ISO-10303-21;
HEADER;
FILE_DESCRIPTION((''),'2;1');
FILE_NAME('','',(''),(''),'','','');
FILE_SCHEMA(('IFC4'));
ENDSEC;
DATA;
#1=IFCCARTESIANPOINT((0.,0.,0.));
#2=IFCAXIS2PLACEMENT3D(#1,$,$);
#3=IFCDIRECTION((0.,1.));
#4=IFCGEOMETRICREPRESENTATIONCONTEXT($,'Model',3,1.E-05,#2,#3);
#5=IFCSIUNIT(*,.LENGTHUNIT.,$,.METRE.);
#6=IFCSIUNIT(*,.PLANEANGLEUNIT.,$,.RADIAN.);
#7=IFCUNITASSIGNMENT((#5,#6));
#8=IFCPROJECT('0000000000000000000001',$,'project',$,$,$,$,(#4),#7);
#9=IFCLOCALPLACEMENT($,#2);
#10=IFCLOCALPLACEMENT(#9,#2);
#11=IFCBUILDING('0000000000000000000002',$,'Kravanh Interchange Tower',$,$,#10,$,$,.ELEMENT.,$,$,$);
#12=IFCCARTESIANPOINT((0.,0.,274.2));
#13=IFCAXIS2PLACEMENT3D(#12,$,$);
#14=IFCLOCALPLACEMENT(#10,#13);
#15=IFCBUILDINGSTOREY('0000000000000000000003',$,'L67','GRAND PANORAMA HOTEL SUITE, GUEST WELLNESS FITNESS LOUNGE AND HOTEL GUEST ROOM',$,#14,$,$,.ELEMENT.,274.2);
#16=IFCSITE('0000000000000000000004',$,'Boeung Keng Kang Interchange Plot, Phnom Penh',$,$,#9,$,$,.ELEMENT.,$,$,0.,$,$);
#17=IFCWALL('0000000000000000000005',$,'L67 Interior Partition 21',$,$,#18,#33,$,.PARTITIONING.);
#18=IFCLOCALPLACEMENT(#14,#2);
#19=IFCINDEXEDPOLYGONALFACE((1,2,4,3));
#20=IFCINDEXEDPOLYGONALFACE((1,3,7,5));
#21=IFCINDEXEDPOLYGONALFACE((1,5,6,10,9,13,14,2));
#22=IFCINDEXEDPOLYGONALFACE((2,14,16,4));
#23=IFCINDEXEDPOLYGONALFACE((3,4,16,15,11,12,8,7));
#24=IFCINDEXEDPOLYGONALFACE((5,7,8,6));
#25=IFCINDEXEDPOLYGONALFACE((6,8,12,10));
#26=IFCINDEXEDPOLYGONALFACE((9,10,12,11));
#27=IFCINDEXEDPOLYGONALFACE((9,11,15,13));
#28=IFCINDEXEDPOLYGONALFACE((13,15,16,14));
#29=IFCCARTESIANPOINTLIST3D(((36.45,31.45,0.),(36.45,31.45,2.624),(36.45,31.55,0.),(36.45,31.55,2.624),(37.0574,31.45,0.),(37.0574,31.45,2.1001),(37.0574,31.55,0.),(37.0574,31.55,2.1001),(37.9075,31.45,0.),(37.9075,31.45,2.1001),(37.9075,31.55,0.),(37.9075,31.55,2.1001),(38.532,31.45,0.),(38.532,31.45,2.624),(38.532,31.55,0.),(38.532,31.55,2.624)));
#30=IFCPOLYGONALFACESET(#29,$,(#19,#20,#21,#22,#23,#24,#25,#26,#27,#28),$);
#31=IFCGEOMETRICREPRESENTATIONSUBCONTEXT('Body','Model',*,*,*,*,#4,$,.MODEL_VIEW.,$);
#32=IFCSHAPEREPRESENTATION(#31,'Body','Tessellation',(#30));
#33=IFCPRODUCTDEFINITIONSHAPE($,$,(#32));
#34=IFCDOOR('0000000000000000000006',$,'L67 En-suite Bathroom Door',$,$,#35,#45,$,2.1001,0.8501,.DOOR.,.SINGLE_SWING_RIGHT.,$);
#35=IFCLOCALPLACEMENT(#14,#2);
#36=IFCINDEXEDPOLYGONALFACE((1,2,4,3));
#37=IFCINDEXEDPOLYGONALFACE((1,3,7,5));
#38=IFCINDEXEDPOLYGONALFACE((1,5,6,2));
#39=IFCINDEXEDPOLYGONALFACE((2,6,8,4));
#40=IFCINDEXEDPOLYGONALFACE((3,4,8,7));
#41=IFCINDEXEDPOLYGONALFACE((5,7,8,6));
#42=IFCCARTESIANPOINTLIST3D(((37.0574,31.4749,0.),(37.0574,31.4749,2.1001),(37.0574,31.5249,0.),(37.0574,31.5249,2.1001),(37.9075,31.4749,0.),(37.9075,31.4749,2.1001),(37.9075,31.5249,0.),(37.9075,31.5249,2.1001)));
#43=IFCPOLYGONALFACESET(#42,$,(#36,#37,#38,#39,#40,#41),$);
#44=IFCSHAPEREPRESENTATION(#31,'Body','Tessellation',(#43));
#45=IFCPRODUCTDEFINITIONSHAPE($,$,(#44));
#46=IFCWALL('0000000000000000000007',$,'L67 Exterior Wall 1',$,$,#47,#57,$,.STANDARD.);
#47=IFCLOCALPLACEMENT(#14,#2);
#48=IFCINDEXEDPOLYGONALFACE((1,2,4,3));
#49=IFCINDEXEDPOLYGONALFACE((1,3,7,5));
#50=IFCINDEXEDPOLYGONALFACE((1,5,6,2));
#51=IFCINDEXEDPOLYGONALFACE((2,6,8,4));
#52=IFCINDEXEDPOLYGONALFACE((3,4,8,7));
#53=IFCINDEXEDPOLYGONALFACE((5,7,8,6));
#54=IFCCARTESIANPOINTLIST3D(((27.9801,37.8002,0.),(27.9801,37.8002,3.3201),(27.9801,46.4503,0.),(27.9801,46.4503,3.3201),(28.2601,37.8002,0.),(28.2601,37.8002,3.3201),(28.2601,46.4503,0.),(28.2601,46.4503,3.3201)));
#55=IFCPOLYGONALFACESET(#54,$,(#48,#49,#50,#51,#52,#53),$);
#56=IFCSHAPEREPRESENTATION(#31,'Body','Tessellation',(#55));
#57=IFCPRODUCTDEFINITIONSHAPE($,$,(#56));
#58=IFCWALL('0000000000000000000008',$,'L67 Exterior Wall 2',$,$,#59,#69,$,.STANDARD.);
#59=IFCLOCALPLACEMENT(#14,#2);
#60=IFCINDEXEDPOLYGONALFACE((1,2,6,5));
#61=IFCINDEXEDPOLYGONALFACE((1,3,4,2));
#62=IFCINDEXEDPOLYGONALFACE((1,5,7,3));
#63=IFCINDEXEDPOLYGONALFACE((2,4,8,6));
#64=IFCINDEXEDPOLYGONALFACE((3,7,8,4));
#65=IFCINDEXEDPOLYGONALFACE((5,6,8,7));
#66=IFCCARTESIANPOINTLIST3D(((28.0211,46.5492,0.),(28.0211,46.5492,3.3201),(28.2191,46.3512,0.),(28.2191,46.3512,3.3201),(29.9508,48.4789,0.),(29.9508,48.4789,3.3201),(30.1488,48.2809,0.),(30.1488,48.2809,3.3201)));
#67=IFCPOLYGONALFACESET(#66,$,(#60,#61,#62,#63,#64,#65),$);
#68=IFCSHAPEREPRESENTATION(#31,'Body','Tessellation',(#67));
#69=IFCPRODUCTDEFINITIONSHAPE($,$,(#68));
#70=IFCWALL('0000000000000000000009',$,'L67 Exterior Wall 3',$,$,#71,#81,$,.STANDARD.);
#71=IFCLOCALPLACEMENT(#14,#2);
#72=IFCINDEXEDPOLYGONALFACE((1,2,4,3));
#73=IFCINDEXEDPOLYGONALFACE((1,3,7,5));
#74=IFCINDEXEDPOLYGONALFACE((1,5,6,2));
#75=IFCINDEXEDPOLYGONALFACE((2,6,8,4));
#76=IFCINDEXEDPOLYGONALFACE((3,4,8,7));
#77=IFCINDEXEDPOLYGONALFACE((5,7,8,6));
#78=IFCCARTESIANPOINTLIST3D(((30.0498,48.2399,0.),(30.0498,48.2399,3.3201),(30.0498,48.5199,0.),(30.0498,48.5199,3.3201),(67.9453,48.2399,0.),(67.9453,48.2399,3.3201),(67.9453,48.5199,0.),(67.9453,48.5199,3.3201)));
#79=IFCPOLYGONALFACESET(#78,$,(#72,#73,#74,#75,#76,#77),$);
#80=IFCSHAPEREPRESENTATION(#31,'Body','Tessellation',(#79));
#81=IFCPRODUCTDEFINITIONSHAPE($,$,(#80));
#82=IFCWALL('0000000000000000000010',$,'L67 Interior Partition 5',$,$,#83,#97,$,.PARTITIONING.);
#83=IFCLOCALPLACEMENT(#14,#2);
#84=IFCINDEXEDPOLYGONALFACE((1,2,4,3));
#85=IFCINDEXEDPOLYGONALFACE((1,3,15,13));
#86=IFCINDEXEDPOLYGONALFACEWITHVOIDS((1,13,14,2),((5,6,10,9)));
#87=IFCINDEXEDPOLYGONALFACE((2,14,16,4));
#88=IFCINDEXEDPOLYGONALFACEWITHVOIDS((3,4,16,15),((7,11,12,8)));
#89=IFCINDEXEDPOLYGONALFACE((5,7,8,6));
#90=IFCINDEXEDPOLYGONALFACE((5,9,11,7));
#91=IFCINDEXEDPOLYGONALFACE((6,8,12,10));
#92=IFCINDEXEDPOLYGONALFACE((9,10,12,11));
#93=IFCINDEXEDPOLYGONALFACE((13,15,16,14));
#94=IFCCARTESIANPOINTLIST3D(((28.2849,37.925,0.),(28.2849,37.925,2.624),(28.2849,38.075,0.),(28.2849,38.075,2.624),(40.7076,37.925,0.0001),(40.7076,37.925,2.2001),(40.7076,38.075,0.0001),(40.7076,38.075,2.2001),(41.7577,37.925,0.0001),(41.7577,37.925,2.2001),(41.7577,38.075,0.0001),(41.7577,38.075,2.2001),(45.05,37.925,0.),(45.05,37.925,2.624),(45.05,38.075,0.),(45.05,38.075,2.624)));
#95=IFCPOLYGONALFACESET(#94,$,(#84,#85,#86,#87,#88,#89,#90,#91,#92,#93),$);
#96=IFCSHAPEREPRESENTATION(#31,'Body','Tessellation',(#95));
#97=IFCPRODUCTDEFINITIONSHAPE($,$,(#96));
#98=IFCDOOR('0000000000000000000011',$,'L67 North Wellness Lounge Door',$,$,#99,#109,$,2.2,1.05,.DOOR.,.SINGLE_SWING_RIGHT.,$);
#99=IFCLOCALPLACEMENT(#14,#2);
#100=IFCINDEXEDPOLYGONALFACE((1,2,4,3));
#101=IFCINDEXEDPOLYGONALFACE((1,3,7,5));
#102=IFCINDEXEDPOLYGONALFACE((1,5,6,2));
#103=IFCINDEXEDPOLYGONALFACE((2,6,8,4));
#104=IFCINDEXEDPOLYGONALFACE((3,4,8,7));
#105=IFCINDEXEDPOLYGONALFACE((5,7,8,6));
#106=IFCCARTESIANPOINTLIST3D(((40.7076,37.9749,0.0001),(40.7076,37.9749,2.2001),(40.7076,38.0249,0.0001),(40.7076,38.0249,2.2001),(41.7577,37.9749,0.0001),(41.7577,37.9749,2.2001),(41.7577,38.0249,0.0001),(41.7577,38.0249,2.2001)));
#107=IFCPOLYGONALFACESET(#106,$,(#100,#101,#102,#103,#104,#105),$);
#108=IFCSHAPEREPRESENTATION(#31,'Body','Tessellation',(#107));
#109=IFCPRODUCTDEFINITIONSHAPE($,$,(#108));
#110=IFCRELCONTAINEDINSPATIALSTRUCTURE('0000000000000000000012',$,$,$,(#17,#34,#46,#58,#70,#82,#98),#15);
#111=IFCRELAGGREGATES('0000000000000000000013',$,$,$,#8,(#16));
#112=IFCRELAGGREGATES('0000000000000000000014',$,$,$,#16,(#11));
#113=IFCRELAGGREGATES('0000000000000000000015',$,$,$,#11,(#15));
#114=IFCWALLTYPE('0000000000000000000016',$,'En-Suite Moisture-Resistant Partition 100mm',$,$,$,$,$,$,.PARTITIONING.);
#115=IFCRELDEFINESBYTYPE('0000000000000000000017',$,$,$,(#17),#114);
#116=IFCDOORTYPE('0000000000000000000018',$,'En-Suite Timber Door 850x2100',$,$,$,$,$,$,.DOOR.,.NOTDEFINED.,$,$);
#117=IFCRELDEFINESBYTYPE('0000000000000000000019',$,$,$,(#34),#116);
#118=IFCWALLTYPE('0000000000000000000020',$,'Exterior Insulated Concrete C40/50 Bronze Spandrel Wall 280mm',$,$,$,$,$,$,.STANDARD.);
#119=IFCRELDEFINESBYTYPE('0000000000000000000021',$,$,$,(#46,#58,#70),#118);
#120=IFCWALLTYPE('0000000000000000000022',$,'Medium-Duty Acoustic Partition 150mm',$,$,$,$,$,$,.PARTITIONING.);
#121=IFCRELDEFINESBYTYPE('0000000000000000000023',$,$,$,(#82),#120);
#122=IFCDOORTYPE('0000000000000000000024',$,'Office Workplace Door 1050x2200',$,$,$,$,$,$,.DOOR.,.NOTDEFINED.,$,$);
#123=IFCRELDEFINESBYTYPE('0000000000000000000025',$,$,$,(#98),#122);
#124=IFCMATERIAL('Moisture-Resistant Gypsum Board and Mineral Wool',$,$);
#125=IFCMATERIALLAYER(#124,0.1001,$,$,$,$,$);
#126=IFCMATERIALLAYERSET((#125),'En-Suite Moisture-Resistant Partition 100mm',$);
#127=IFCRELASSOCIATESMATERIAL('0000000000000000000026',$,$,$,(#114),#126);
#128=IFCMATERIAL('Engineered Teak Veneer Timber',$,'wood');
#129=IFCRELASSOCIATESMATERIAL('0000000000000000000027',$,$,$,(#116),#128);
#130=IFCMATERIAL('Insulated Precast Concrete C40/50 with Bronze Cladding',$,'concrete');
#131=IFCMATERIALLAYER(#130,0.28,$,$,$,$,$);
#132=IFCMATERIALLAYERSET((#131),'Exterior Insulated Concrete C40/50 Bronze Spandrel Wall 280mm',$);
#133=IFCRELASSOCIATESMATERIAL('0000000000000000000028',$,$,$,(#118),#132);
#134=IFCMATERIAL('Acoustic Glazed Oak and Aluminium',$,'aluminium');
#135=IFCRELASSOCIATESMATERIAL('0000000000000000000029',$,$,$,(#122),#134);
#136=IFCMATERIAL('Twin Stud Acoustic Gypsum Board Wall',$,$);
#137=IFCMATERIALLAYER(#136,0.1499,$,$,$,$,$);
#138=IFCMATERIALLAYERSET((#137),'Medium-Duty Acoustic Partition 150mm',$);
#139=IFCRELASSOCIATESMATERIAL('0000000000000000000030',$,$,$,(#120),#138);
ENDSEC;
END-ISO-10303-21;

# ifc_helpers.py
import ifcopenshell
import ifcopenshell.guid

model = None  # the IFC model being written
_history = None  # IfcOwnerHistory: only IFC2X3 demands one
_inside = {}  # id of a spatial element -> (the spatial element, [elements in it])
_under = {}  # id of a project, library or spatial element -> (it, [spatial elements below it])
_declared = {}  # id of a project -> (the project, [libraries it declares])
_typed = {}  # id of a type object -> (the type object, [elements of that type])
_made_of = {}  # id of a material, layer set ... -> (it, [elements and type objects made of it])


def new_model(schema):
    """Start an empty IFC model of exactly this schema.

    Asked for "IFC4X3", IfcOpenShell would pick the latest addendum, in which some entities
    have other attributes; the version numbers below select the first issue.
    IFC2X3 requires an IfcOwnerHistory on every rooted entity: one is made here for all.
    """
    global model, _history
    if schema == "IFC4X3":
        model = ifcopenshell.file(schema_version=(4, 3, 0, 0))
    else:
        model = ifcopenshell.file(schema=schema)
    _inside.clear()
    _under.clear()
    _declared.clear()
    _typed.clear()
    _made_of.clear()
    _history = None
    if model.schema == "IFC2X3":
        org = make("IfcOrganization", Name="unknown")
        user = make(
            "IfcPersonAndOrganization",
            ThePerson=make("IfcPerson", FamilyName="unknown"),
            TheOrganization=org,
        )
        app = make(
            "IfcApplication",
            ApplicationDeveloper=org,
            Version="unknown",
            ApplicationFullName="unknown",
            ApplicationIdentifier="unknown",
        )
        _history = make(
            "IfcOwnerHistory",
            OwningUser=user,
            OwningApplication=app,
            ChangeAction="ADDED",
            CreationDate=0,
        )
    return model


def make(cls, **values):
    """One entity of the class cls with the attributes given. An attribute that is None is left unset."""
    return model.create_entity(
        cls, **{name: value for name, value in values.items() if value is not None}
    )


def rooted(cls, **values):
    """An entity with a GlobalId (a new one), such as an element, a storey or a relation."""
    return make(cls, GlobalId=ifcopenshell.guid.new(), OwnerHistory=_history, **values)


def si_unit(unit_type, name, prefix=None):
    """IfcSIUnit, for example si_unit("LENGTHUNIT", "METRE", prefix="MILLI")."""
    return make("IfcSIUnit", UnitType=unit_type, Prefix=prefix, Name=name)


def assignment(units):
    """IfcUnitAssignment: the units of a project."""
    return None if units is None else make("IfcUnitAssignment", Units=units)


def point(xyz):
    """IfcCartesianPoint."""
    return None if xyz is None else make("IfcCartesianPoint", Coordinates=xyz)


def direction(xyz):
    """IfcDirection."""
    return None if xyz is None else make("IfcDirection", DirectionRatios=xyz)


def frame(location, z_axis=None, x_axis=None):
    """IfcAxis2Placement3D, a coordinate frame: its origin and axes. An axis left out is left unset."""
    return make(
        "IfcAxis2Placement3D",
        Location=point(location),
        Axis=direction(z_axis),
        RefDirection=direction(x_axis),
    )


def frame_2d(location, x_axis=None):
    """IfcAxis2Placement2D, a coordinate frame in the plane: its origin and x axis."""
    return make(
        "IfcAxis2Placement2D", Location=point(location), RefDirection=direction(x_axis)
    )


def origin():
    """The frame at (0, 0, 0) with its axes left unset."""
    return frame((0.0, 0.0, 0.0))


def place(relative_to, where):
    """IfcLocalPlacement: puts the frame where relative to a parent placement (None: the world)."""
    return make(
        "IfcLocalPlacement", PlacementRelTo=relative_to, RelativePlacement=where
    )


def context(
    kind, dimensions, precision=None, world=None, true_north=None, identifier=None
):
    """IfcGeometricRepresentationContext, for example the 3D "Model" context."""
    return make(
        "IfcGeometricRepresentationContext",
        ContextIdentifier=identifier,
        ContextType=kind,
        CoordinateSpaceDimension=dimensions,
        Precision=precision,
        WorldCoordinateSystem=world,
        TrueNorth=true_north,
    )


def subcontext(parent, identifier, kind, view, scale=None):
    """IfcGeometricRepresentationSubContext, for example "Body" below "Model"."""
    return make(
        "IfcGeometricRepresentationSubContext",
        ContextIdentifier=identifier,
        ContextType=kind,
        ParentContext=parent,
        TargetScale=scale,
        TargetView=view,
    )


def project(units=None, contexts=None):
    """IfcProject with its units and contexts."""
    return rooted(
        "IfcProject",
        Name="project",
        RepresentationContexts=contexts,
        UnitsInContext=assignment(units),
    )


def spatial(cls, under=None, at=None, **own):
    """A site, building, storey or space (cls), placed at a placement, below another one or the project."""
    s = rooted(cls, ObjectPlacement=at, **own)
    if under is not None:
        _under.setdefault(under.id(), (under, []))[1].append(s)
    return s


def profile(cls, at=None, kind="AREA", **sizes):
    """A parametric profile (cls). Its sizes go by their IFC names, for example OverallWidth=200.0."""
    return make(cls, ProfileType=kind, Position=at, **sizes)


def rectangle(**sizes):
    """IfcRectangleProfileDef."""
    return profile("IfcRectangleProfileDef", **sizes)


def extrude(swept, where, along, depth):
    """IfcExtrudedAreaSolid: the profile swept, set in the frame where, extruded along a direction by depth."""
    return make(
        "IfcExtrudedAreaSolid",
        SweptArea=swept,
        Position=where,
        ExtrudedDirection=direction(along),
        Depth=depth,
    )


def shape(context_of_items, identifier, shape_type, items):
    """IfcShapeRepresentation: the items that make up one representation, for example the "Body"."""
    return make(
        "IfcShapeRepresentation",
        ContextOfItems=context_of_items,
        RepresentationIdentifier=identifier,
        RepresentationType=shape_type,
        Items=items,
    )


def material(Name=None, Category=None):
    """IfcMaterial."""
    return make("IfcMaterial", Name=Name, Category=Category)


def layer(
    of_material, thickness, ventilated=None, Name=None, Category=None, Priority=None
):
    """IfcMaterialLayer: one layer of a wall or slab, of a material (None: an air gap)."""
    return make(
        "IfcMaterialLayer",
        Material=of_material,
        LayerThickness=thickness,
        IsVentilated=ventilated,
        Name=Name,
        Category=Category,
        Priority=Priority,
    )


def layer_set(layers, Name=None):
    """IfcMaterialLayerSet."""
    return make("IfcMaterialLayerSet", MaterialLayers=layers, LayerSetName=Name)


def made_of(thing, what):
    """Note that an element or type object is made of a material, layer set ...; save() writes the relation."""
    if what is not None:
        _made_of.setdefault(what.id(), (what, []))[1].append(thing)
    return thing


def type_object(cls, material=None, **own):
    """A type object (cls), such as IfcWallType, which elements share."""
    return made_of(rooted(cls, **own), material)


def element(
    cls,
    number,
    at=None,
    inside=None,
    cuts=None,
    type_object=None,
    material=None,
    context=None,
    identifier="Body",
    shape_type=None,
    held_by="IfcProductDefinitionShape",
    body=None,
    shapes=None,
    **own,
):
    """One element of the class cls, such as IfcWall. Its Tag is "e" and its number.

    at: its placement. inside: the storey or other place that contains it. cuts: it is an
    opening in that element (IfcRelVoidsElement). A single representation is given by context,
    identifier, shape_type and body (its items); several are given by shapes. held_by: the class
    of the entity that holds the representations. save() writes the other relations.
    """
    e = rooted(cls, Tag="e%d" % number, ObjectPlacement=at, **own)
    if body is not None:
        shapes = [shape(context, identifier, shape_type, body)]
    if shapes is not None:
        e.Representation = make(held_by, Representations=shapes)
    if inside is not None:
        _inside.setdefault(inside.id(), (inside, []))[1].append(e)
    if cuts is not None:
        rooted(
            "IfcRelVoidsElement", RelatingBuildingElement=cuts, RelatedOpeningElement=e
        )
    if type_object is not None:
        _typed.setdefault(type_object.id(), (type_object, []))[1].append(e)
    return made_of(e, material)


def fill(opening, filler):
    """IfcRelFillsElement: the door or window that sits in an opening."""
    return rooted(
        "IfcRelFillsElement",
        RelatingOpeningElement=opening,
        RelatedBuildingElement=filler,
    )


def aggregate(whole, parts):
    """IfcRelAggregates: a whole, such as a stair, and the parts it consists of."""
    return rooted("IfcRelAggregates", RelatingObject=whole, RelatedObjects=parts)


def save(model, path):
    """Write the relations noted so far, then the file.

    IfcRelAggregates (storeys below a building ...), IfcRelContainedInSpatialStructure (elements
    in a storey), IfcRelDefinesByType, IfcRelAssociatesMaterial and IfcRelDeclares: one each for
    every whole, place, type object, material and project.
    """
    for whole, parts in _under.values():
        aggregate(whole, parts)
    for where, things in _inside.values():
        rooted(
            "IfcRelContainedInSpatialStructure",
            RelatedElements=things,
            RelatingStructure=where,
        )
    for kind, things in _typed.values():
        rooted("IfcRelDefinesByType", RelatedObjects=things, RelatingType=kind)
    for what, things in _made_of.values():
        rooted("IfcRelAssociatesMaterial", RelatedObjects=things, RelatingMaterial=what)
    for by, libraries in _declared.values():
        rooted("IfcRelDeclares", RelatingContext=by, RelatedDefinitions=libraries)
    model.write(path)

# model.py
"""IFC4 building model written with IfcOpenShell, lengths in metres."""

from ifc_helpers import new_model, si_unit, direction, frame, frame_2d, origin, place, context, subcontext, project, spatial, rectangle, extrude, material, layer, layer_set, type_object, element, fill, save


model = new_model("IFC4")

# Units and contexts
model_context = context("Model", 3, precision=1e-05, world=origin(), true_north=direction((0.0, 1.0)))
body_context = subcontext(model_context, "Body", "Model", "MODEL_VIEW")
ifc_project = project(units=[si_unit("LENGTHUNIT", "METRE"), si_unit("PLANEANGLEUNIT", "RADIAN")], contexts=[model_context])

# Site, building, storey
site_placement = place(None, origin())
site = spatial("IfcSite", under=ifc_project, at=site_placement, Name="Boeung Keng Kang Interchange Plot, Phnom Penh", CompositionType="ELEMENT", RefElevation=0.0)
building_placement = place(site_placement, origin())
building = spatial("IfcBuilding", under=site, at=building_placement, Name="Kravanh Interchange Tower", CompositionType="ELEMENT")
storey_placement = place(building_placement, frame((0.0, 0.0, 274.2)))
storey = spatial("IfcBuildingStorey", under=building, at=storey_placement, Name="L67", Description="GRAND PANORAMA HOTEL SUITE, GUEST WELLNESS FITNESS LOUNGE AND HOTEL GUEST ROOM", CompositionType="ELEMENT", Elevation=274.2)

# Wall, opening, door
ifc_material_1 = material(Name="Moisture-Resistant Gypsum Board and Mineral Wool")
ifc_layer_1 = layer(ifc_material_1, 0.1001)
ifc_layer_set_1 = layer_set([ifc_layer_1], Name="En-Suite Moisture-Resistant Partition 100mm")
wall_type_1 = type_object("IfcWallType", Name="En-Suite Moisture-Resistant Partition 100mm", PredefinedType="PARTITIONING", material=ifc_layer_set_1)
wall_1_placement = place(storey_placement, frame((36.45, 31.5, 0.0), z_axis=(0.0, 0.0, 1.0), x_axis=(1.0, 0.0, 0.0)))
wall_1 = element("IfcWall", 1, at=wall_1_placement, inside=storey, type_object=wall_type_1, Name="L67 Interior Partition 21", PredefinedType="PARTITIONING", context=body_context, shape_type="SweptSolid", body=[
    extrude(rectangle(XDim=2.082, YDim=0.1001, at=frame_2d((1.041, 0.0))), origin(), (0.0, 0.0, 1.0), 2.624),
])
opening_1_placement = place(wall_1_placement, frame((0.6074, 0.0, 0.0)))
opening_1 = element("IfcOpeningElement", 2, at=opening_1_placement, cuts=wall_1, PredefinedType="OPENING", context=body_context, shape_type="SweptSolid", body=[
    extrude(rectangle(XDim=0.8501, YDim=2.1001, at=frame_2d((0.425, 1.05))), frame((0.0, 0.0601, 0.0), z_axis=(0.0, -1.0, 0.0), x_axis=(1.0, 0.0, 0.0)), (0.0, 0.0, 1.0), 0.1201),
])
ifc_material_2 = material(Name="Engineered Teak Veneer Timber", Category="wood")
door_type_1 = type_object("IfcDoorType", Name="En-Suite Timber Door 850x2100", OperationType="NOTDEFINED", PredefinedType="DOOR", material=ifc_material_2)
door_1_placement = place(opening_1_placement, origin())
door_1 = element("IfcDoor", 3, at=door_1_placement, inside=storey, type_object=door_type_1, Name="L67 En-suite Bathroom Door", OperationType="SINGLE_SWING_RIGHT", OverallHeight=2.1001, OverallWidth=0.8501, PredefinedType="DOOR", context=body_context, shape_type="SweptSolid", body=[
    extrude(rectangle(XDim=0.8501, YDim=2.1001, at=frame_2d((0.425, 1.05))), frame((0.0, 0.0249, 0.0), z_axis=(0.0, -1.0, 0.0), x_axis=(1.0, 0.0, 0.0)), (0.0, 0.0, 1.0), 0.05),
])
fill(opening_1, door_1)

# Walls
ifc_material_3 = material(Name="Insulated Precast Concrete C40/50 with Bronze Cladding", Category="concrete")
ifc_layer_2 = layer(ifc_material_3, 0.28)
ifc_layer_set_2 = layer_set([ifc_layer_2], Name="Exterior Insulated Concrete C40/50 Bronze Spandrel Wall 280mm")
wall_type_2 = type_object("IfcWallType", Name="Exterior Insulated Concrete C40/50 Bronze Spandrel Wall 280mm", PredefinedType="STANDARD", material=ifc_layer_set_2)
wall_2_placement = place(storey_placement, frame((28.1201, 37.8, 0.0), z_axis=(0.0, 0.0, 1.0), x_axis=(0.0, 1.0, 0.0)))
element("IfcWall", 4, at=wall_2_placement, inside=storey, type_object=wall_type_2, Name="L67 Exterior Wall 1", PredefinedType="STANDARD", context=body_context, shape_type="SweptSolid", body=[
    extrude(rectangle(XDim=8.6501, YDim=0.28, at=frame_2d((4.3252, 0.0))), origin(), (0.0, 0.0, 1.0), 3.3201),
])
wall_3_placement = place(storey_placement, frame((28.1201, 46.4502, 0.0), z_axis=(0.0, 0.0, 1.0), x_axis=(0.707107, 0.707107, 0.0)))
element("IfcWall", 5, at=wall_3_placement, inside=storey, type_object=wall_type_2, Name="L67 Exterior Wall 2", PredefinedType="STANDARD", context=body_context, shape_type="SweptSolid", body=[
    extrude(rectangle(XDim=2.729, YDim=0.28, at=frame_2d((1.3645, 0.0))), origin(), (0.0, 0.0, 1.0), 3.3201),
])
wall_4_placement = place(storey_placement, frame((30.0498, 48.3799, 0.0), z_axis=(0.0, 0.0, 1.0), x_axis=(1.0, 0.0, 0.0)))
element("IfcWall", 6, at=wall_4_placement, inside=storey, type_object=wall_type_2, Name="L67 Exterior Wall 3", PredefinedType="STANDARD", context=body_context, shape_type="SweptSolid", body=[
    extrude(rectangle(XDim=37.8955, YDim=0.28, at=frame_2d((18.9478, 0.0))), origin(), (0.0, 0.0, 1.0), 3.3201),
])

# Shared definitions
ifc_material_4 = material(Name="Acoustic Glazed Oak and Aluminium", Category="aluminium")
door_type_2 = type_object("IfcDoorType", Name="Office Workplace Door 1050x2200", OperationType="NOTDEFINED", PredefinedType="DOOR", material=ifc_material_4)

# Wall, opening, door
ifc_material_5 = material(Name="Twin Stud Acoustic Gypsum Board Wall")
ifc_layer_3 = layer(ifc_material_5, 0.1499)
ifc_layer_set_3 = layer_set([ifc_layer_3], Name="Medium-Duty Acoustic Partition 150mm")
wall_type_3 = type_object("IfcWallType", Name="Medium-Duty Acoustic Partition 150mm", PredefinedType="PARTITIONING", material=ifc_layer_set_3)
wall_5_placement = place(storey_placement, frame((28.2849, 38.0, 0.0), z_axis=(0.0, 0.0, 1.0), x_axis=(1.0, 0.0, 0.0)))
wall_5 = element("IfcWall", 7, at=wall_5_placement, inside=storey, type_object=wall_type_3, Name="L67 Interior Partition 5", PredefinedType="PARTITIONING", context=body_context, shape_type="SweptSolid", body=[
    extrude(rectangle(XDim=16.7651, YDim=0.1499, at=frame_2d((8.3826, 0.0))), origin(), (0.0, 0.0, 1.0), 2.624),
])
opening_2_placement = place(wall_5_placement, frame((12.4229, 0.0, 0.0)))
opening_2 = element("IfcOpeningElement", 8, at=opening_2_placement, cuts=wall_5, PredefinedType="OPENING", context=body_context, shape_type="SweptSolid", body=[
    extrude(rectangle(XDim=1.05, YDim=2.2, at=frame_2d((0.5249, 1.1001))), frame((0.0, 0.085, 0.0), z_axis=(0.0, -1.0, 0.0), x_axis=(1.0, 0.0, 0.0)), (0.0, 0.0, 1.0), 0.1699),
])
door_2_placement = place(opening_2_placement, origin())
door_2 = element("IfcDoor", 9, at=door_2_placement, inside=storey, type_object=door_type_2, Name="L67 North Wellness Lounge Door", OperationType="SINGLE_SWING_RIGHT", OverallHeight=2.2, OverallWidth=1.05, PredefinedType="DOOR", context=body_context, shape_type="SweptSolid", body=[
    extrude(rectangle(XDim=1.05, YDim=2.2, at=frame_2d((0.5249, 1.1001))), frame((0.0, 0.0249, 0.0), z_axis=(0.0, -1.0, 0.0), x_axis=(1.0, 0.0, 0.0)), (0.0, 0.0, 1.0), 0.05),
])
fill(opening_2, door_2)

save(model, "model.ifc")
